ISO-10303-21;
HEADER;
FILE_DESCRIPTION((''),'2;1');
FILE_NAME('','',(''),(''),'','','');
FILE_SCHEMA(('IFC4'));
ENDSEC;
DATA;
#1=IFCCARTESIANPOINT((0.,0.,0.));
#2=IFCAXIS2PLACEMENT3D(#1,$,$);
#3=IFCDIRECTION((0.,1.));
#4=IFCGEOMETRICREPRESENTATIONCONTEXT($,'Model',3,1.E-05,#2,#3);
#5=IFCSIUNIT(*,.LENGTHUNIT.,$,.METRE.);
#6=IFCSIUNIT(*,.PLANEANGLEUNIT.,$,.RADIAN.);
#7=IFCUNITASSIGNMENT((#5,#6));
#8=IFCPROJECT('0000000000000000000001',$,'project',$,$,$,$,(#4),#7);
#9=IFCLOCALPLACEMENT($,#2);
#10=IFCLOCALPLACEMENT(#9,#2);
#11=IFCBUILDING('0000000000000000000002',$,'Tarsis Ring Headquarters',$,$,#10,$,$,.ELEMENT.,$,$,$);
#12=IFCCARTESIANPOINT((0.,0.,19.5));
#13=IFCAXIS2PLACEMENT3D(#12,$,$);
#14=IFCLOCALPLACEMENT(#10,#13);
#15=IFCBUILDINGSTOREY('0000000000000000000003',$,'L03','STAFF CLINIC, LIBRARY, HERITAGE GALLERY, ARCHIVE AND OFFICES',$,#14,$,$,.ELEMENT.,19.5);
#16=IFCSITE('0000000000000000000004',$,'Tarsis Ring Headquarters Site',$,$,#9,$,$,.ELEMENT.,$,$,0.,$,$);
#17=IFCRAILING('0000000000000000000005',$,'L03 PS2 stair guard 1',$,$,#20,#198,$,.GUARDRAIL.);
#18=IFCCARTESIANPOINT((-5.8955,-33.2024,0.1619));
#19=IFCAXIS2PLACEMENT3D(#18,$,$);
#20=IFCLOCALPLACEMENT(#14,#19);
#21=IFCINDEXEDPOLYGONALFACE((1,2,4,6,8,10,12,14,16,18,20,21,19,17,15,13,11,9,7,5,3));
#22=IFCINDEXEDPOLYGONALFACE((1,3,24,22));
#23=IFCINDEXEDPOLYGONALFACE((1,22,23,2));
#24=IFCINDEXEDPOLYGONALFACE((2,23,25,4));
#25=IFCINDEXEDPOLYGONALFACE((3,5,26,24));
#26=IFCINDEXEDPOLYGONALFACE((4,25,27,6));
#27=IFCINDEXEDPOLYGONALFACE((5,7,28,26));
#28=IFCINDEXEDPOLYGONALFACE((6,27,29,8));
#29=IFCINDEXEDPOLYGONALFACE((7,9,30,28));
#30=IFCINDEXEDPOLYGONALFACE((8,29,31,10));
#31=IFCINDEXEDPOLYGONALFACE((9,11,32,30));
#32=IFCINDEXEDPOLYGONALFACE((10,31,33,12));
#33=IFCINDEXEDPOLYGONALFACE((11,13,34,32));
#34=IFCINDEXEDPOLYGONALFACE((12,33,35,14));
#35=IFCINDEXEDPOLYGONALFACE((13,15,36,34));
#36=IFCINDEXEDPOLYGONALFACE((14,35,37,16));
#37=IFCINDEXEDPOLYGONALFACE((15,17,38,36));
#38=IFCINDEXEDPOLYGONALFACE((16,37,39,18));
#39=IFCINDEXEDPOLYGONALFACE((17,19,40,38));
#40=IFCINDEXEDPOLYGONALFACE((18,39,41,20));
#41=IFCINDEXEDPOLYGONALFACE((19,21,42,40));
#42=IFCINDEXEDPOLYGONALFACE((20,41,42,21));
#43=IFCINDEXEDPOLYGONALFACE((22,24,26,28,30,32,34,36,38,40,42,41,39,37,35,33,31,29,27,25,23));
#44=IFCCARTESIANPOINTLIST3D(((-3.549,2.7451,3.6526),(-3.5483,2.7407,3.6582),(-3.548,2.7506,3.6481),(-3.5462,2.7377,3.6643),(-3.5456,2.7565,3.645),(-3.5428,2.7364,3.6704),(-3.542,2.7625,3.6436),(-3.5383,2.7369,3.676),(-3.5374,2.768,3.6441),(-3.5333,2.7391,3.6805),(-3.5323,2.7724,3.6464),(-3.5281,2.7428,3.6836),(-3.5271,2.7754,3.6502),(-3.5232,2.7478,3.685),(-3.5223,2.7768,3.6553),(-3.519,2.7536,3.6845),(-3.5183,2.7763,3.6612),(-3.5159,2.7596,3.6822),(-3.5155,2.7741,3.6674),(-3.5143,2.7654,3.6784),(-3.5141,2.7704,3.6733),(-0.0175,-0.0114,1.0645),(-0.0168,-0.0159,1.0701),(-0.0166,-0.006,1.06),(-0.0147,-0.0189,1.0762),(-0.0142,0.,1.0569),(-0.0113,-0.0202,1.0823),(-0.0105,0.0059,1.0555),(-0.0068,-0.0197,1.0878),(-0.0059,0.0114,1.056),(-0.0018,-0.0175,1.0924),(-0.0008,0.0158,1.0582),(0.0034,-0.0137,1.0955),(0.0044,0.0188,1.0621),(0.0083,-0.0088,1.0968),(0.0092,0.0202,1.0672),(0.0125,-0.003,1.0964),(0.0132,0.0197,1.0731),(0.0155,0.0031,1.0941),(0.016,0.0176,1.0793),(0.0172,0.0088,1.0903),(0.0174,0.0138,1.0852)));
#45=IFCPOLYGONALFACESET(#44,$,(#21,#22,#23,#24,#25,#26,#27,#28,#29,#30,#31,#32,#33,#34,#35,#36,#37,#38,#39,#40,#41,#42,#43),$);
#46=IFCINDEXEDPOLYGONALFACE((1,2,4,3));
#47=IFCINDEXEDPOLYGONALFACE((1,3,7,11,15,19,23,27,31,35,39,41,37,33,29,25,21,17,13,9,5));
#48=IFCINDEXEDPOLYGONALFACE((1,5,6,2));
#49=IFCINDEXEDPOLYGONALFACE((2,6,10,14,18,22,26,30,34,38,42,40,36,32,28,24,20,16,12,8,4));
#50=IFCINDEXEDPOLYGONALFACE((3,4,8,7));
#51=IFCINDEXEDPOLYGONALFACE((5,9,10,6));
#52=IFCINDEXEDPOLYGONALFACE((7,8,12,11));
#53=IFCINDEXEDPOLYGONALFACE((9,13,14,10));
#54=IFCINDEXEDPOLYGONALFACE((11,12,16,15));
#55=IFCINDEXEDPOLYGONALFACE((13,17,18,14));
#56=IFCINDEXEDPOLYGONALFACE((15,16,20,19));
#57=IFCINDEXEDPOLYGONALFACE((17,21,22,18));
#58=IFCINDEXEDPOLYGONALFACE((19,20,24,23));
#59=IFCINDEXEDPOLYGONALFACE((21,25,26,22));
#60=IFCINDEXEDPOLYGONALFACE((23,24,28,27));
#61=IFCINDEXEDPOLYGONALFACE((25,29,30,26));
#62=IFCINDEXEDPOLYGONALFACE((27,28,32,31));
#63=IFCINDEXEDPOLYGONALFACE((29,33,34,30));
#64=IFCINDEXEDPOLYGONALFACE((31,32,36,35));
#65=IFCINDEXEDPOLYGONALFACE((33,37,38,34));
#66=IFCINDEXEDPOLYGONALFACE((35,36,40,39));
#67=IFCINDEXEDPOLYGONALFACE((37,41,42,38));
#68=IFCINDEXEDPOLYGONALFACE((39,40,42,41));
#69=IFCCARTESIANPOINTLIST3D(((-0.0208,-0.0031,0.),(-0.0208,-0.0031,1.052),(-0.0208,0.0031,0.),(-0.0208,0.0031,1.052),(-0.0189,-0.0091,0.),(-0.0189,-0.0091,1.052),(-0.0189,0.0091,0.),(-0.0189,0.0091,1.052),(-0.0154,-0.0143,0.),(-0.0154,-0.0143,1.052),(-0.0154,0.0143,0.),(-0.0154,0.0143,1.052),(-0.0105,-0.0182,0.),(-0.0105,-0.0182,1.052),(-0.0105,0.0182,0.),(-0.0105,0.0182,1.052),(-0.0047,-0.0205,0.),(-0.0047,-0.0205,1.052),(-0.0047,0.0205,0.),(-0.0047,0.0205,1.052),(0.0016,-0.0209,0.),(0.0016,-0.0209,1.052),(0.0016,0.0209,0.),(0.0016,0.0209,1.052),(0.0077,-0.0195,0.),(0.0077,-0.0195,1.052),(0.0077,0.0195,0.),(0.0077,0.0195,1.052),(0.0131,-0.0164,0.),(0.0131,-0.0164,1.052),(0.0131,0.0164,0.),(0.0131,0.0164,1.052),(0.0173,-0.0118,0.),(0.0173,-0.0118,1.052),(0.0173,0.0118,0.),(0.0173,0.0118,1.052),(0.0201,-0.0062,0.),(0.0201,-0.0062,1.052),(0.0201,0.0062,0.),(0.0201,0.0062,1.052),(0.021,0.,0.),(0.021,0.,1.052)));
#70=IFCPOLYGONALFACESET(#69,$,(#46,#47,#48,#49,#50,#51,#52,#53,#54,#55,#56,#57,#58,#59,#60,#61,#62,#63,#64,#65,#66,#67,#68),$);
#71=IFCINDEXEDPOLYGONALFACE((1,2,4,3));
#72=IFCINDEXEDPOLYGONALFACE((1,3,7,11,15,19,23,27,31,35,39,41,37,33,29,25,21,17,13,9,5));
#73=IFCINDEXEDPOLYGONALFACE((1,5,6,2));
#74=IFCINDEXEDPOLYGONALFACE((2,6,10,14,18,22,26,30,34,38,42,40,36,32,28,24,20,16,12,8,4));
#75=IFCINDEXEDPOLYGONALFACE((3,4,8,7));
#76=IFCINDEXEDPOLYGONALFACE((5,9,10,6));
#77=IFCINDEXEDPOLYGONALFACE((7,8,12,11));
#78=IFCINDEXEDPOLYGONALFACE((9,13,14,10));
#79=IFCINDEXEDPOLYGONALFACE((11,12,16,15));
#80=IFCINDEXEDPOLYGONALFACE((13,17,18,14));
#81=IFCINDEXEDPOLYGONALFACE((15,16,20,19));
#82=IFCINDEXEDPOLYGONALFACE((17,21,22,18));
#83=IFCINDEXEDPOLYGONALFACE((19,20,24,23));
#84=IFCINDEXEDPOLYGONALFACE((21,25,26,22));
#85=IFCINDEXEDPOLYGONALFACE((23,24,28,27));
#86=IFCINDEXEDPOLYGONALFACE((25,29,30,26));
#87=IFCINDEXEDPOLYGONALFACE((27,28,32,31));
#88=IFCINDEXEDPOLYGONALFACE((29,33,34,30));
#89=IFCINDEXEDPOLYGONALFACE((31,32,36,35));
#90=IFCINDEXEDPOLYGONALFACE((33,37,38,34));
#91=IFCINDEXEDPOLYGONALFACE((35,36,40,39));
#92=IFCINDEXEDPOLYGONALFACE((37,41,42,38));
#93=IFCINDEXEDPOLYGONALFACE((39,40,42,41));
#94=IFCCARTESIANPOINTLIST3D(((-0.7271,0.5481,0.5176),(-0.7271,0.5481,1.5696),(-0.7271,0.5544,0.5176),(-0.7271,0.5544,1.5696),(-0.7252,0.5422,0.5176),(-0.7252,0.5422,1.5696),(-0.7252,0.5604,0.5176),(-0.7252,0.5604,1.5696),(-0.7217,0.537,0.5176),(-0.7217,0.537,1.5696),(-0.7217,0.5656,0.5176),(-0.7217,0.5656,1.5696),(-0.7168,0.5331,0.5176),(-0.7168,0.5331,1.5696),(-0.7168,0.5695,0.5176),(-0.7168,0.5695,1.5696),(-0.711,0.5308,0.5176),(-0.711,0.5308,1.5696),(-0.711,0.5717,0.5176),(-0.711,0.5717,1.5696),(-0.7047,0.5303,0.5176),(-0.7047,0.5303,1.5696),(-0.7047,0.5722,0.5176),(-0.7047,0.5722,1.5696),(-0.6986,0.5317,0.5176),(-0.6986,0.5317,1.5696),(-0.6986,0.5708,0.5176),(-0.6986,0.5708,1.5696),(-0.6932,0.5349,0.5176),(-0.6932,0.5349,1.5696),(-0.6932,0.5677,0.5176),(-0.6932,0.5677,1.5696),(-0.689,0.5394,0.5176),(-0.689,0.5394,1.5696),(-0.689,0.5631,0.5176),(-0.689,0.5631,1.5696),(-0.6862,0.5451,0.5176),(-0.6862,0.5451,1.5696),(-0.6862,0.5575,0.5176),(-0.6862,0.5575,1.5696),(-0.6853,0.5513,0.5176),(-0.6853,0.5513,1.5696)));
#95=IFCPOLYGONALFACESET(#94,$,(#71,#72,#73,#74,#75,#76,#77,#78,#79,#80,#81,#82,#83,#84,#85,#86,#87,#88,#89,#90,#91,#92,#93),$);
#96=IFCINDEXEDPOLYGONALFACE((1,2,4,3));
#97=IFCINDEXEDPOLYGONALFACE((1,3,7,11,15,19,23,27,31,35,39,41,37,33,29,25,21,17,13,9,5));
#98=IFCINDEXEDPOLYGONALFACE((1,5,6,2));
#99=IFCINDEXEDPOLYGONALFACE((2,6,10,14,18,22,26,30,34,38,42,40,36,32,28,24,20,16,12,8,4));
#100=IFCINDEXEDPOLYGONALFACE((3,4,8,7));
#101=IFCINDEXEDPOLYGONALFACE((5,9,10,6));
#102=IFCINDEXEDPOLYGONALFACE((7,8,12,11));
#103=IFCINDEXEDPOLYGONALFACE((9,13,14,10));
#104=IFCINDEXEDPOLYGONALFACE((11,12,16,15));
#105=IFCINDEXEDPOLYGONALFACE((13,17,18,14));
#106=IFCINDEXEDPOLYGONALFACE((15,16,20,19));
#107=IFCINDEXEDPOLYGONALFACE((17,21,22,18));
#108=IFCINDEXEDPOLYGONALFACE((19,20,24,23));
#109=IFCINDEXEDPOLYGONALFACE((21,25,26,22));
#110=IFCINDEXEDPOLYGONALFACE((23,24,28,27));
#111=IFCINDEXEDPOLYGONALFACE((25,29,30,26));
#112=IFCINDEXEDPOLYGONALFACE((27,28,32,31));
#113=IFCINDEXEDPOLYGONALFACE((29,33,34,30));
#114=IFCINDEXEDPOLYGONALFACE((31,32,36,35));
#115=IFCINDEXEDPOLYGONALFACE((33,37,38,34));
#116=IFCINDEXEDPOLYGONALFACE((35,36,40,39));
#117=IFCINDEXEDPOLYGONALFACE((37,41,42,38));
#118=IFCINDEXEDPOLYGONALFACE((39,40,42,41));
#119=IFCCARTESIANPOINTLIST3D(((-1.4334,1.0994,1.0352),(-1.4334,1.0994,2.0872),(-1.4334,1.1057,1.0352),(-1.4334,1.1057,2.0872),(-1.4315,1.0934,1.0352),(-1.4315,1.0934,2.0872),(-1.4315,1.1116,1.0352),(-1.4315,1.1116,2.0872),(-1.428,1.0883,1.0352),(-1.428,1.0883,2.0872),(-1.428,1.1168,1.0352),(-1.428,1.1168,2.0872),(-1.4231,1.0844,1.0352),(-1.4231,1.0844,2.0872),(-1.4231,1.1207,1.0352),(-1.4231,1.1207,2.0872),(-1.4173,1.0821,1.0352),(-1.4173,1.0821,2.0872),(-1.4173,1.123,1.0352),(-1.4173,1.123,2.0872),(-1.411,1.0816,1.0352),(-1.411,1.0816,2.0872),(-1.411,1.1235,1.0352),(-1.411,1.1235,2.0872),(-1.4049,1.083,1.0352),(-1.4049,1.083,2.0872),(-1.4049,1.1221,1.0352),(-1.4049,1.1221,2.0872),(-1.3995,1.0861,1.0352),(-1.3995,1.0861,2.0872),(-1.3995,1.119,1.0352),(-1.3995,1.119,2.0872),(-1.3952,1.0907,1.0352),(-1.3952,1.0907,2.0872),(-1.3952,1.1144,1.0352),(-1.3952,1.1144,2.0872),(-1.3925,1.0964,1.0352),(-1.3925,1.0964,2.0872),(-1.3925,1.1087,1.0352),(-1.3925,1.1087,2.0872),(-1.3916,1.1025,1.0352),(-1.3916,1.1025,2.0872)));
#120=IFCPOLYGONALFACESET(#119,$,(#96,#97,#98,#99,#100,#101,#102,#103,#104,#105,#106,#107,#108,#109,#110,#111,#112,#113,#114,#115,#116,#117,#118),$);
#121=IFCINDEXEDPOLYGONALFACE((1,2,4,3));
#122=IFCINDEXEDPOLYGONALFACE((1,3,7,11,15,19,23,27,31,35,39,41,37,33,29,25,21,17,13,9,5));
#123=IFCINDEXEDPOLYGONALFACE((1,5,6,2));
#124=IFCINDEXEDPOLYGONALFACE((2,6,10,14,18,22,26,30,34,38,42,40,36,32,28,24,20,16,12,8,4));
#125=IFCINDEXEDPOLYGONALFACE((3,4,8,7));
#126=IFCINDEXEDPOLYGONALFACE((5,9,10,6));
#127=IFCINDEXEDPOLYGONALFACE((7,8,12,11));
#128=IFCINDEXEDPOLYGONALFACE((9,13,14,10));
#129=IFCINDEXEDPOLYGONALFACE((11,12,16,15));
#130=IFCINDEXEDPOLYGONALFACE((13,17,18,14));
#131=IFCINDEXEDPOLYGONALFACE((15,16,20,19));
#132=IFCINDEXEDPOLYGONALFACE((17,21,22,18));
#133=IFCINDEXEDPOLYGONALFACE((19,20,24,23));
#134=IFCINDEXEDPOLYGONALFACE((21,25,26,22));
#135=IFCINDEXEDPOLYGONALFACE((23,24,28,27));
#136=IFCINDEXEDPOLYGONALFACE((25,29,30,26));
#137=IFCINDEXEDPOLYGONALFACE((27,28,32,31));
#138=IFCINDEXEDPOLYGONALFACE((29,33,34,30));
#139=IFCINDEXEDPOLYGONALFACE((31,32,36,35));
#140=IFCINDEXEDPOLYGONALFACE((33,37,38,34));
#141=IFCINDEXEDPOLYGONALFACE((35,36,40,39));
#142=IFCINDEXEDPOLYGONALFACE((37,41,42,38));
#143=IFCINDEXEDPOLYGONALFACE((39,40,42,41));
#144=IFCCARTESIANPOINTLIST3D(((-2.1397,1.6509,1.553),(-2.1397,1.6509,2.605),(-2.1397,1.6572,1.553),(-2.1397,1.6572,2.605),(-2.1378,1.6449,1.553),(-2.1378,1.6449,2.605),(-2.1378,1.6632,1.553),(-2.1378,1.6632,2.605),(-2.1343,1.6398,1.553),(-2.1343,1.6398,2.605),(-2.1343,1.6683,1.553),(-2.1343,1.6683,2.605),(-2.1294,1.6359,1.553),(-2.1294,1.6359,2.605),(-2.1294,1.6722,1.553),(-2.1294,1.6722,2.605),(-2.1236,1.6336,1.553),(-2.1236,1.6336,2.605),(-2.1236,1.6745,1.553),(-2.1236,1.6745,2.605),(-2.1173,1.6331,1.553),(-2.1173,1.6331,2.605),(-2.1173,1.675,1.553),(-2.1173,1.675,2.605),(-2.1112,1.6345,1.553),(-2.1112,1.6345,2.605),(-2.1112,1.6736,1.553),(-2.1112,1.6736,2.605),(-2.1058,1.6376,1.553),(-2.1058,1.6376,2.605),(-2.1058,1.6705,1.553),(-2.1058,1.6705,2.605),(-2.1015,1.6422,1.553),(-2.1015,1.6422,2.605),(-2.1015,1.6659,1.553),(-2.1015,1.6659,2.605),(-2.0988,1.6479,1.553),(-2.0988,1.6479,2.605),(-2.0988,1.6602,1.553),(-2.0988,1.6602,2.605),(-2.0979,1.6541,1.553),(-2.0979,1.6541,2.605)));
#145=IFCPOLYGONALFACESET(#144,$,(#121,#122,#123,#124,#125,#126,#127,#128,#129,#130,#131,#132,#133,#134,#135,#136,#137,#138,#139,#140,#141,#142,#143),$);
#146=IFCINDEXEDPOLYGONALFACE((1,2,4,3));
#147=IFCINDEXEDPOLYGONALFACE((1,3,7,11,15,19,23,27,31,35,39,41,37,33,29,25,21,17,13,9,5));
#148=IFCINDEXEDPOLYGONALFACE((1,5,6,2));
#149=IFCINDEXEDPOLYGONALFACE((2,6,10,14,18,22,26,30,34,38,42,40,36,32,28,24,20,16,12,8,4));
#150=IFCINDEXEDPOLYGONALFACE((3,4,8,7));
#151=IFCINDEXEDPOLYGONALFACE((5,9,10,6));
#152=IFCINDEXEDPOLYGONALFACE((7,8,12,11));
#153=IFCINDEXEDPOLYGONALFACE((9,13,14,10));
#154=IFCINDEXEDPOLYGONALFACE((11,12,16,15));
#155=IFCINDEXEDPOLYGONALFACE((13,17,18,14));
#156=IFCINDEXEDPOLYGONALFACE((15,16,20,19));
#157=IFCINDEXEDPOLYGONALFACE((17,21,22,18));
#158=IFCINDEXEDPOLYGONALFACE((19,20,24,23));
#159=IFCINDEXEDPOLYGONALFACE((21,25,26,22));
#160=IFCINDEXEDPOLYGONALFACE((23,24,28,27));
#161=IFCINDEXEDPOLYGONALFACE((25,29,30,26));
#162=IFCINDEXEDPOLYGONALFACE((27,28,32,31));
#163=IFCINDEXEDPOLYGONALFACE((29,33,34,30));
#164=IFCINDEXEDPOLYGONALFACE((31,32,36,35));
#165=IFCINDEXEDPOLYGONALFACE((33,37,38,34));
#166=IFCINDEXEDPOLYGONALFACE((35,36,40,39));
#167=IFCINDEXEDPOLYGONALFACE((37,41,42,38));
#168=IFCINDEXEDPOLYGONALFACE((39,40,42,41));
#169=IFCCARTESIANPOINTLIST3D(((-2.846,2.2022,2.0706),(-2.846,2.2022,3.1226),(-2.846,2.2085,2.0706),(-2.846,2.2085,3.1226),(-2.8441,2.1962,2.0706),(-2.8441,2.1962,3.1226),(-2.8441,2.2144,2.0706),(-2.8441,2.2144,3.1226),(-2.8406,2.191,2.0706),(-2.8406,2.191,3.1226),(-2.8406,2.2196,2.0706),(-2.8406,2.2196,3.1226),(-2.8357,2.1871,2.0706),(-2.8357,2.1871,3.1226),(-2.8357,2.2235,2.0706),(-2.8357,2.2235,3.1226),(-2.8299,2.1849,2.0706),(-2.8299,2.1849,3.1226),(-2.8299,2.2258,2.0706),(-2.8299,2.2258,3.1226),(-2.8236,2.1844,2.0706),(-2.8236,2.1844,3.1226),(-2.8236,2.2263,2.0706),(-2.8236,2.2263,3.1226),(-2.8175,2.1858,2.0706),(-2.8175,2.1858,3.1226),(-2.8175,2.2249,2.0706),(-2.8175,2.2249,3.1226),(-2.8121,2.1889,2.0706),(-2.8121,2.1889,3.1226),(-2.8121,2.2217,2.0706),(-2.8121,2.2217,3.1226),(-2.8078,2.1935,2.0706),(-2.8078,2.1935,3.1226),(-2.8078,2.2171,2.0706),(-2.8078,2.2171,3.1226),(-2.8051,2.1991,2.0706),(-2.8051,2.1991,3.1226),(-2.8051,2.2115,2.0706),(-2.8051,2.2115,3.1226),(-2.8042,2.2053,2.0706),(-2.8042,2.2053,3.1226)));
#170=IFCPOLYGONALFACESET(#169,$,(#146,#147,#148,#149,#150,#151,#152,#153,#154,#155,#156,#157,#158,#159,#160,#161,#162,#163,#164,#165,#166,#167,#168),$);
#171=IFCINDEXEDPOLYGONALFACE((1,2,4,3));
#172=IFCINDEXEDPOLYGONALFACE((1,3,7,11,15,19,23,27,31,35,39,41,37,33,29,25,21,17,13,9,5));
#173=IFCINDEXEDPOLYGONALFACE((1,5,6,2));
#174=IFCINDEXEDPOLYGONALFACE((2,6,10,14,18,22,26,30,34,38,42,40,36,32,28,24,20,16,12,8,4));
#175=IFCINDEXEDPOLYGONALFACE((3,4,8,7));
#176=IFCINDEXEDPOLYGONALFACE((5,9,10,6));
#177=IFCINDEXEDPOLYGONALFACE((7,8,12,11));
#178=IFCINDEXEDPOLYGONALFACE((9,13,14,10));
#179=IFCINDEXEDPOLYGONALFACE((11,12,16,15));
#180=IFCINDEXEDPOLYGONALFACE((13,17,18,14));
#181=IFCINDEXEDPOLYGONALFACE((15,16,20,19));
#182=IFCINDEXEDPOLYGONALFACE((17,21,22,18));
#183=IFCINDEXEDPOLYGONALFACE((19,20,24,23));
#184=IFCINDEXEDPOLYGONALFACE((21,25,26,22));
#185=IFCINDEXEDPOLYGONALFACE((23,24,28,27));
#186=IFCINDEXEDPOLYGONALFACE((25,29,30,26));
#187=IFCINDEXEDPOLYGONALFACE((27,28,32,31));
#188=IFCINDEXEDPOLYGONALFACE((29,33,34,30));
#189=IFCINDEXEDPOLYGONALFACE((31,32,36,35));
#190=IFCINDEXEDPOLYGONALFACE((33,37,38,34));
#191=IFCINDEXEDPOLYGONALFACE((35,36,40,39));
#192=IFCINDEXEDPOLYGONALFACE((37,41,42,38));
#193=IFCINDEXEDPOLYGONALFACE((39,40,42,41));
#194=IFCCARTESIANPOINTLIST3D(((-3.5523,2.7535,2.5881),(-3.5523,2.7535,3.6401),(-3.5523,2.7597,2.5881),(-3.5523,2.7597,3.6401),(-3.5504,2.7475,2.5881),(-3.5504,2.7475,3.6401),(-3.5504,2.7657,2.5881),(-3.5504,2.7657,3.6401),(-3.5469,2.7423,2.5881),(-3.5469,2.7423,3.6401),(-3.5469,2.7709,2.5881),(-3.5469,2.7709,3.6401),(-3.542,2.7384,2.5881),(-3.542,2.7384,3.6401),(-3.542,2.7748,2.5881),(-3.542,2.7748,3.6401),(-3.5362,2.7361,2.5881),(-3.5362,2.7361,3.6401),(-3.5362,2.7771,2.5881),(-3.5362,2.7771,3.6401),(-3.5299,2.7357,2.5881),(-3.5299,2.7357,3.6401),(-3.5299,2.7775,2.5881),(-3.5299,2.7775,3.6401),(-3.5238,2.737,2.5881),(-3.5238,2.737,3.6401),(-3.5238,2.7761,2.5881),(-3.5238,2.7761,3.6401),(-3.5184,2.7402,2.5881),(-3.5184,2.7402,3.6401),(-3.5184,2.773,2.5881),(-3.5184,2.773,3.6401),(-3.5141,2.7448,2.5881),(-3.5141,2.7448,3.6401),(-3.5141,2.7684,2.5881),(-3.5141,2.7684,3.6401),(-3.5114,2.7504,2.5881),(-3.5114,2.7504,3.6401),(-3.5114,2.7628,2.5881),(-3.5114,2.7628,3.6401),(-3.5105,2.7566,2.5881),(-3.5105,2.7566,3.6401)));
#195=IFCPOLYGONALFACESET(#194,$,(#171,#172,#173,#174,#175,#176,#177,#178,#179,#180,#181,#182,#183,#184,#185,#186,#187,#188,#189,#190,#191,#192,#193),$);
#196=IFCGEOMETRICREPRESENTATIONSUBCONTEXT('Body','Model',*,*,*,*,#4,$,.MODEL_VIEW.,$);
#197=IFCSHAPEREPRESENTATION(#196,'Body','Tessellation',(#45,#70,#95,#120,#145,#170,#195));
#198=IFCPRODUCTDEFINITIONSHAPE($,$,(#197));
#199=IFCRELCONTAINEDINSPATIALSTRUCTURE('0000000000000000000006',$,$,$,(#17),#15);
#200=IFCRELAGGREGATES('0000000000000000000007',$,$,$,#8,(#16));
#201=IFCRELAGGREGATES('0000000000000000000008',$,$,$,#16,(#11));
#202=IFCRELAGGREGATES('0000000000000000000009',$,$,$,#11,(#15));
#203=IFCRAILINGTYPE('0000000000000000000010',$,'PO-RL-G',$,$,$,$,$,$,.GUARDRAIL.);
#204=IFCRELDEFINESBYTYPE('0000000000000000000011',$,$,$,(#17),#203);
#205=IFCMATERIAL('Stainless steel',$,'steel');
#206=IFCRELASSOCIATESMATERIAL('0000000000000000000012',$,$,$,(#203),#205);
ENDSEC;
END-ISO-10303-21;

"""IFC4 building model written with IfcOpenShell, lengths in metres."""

from ifc_helpers import new_model, si_unit, direction, frame, origin, origin_2d, place, context, subcontext, project, spatial, circle, extrude, material, type_object, element, save


model = new_model("IFC4")

# Units and contexts
model_context = context("Model", 3, precision=1e-05, world=origin(), true_north=direction((0.0, 1.0)))
body_context = subcontext(model_context, "Body", "Model", "MODEL_VIEW")
ifc_project = project(units=[si_unit("LENGTHUNIT", "METRE"), si_unit("PLANEANGLEUNIT", "RADIAN")], contexts=[model_context])

# Site, building, storey
site_placement = place(None, origin())
site = spatial("IfcSite", under=ifc_project, at=site_placement, Name="Tarsis Ring Headquarters Site", CompositionType="ELEMENT", RefElevation=0.0)
building_placement = place(site_placement, origin())
building = spatial("IfcBuilding", under=site, at=building_placement, Name="Tarsis Ring Headquarters", CompositionType="ELEMENT")
storey_placement = place(building_placement, frame((0.0, 0.0, 19.5)))
storey = spatial("IfcBuildingStorey", under=building, at=storey_placement, Name="L03", Description="STAFF CLINIC, LIBRARY, HERITAGE GALLERY, ARCHIVE AND OFFICES", CompositionType="ELEMENT", Elevation=19.5)

# Railing
ifc_material_1 = material(Name="Stainless steel", Category="steel")
railing_type_1 = type_object("IfcRailingType", Name="PO-RL-G", PredefinedType="GUARDRAIL", material=ifc_material_1)
railing_1_placement = place(storey_placement, frame((-5.8955, -33.2024, 0.1619)))
element("IfcRailing", 1, at=railing_1_placement, inside=storey, type_object=railing_type_1, Name="L03 PS2 stair guard 1", PredefinedType="GUARDRAIL", context=body_context, shape_type="SweptSolid", body=[
    extrude(circle(Radius=0.0239, at=origin_2d()), frame((0.0, 0.0, 1.0762), z_axis=(-0.682566, 0.532793, 0.500234), x_axis=(-0.615313, -0.788283, 0.0)), (0.0, 0.0, 1.0), 5.1738),
    extrude(circle(Radius=0.021, at=origin_2d()), origin(), (0.0, 0.0, 1.0), 1.052),
    extrude(circle(Radius=0.021, at=origin_2d()), frame((-0.7063, 0.5513, 0.5176)), (0.0, 0.0, 1.0), 1.052),
    extrude(circle(Radius=0.021, at=origin_2d()), frame((-1.4126, 1.1025, 1.0352)), (0.0, 0.0, 1.0), 1.052),
    extrude(circle(Radius=0.021, at=origin_2d()), frame((-2.1189, 1.6541, 1.553)), (0.0, 0.0, 1.0), 1.052),
    extrude(circle(Radius=0.021, at=origin_2d()), frame((-2.8252, 2.2053, 2.0706)), (0.0, 0.0, 1.0), 1.052),
    extrude(circle(Radius=0.021, at=origin_2d()), frame((-3.5315, 2.7566, 2.5881)), (0.0, 0.0, 1.0), 1.052),
])

save(model, "model.ifc")
